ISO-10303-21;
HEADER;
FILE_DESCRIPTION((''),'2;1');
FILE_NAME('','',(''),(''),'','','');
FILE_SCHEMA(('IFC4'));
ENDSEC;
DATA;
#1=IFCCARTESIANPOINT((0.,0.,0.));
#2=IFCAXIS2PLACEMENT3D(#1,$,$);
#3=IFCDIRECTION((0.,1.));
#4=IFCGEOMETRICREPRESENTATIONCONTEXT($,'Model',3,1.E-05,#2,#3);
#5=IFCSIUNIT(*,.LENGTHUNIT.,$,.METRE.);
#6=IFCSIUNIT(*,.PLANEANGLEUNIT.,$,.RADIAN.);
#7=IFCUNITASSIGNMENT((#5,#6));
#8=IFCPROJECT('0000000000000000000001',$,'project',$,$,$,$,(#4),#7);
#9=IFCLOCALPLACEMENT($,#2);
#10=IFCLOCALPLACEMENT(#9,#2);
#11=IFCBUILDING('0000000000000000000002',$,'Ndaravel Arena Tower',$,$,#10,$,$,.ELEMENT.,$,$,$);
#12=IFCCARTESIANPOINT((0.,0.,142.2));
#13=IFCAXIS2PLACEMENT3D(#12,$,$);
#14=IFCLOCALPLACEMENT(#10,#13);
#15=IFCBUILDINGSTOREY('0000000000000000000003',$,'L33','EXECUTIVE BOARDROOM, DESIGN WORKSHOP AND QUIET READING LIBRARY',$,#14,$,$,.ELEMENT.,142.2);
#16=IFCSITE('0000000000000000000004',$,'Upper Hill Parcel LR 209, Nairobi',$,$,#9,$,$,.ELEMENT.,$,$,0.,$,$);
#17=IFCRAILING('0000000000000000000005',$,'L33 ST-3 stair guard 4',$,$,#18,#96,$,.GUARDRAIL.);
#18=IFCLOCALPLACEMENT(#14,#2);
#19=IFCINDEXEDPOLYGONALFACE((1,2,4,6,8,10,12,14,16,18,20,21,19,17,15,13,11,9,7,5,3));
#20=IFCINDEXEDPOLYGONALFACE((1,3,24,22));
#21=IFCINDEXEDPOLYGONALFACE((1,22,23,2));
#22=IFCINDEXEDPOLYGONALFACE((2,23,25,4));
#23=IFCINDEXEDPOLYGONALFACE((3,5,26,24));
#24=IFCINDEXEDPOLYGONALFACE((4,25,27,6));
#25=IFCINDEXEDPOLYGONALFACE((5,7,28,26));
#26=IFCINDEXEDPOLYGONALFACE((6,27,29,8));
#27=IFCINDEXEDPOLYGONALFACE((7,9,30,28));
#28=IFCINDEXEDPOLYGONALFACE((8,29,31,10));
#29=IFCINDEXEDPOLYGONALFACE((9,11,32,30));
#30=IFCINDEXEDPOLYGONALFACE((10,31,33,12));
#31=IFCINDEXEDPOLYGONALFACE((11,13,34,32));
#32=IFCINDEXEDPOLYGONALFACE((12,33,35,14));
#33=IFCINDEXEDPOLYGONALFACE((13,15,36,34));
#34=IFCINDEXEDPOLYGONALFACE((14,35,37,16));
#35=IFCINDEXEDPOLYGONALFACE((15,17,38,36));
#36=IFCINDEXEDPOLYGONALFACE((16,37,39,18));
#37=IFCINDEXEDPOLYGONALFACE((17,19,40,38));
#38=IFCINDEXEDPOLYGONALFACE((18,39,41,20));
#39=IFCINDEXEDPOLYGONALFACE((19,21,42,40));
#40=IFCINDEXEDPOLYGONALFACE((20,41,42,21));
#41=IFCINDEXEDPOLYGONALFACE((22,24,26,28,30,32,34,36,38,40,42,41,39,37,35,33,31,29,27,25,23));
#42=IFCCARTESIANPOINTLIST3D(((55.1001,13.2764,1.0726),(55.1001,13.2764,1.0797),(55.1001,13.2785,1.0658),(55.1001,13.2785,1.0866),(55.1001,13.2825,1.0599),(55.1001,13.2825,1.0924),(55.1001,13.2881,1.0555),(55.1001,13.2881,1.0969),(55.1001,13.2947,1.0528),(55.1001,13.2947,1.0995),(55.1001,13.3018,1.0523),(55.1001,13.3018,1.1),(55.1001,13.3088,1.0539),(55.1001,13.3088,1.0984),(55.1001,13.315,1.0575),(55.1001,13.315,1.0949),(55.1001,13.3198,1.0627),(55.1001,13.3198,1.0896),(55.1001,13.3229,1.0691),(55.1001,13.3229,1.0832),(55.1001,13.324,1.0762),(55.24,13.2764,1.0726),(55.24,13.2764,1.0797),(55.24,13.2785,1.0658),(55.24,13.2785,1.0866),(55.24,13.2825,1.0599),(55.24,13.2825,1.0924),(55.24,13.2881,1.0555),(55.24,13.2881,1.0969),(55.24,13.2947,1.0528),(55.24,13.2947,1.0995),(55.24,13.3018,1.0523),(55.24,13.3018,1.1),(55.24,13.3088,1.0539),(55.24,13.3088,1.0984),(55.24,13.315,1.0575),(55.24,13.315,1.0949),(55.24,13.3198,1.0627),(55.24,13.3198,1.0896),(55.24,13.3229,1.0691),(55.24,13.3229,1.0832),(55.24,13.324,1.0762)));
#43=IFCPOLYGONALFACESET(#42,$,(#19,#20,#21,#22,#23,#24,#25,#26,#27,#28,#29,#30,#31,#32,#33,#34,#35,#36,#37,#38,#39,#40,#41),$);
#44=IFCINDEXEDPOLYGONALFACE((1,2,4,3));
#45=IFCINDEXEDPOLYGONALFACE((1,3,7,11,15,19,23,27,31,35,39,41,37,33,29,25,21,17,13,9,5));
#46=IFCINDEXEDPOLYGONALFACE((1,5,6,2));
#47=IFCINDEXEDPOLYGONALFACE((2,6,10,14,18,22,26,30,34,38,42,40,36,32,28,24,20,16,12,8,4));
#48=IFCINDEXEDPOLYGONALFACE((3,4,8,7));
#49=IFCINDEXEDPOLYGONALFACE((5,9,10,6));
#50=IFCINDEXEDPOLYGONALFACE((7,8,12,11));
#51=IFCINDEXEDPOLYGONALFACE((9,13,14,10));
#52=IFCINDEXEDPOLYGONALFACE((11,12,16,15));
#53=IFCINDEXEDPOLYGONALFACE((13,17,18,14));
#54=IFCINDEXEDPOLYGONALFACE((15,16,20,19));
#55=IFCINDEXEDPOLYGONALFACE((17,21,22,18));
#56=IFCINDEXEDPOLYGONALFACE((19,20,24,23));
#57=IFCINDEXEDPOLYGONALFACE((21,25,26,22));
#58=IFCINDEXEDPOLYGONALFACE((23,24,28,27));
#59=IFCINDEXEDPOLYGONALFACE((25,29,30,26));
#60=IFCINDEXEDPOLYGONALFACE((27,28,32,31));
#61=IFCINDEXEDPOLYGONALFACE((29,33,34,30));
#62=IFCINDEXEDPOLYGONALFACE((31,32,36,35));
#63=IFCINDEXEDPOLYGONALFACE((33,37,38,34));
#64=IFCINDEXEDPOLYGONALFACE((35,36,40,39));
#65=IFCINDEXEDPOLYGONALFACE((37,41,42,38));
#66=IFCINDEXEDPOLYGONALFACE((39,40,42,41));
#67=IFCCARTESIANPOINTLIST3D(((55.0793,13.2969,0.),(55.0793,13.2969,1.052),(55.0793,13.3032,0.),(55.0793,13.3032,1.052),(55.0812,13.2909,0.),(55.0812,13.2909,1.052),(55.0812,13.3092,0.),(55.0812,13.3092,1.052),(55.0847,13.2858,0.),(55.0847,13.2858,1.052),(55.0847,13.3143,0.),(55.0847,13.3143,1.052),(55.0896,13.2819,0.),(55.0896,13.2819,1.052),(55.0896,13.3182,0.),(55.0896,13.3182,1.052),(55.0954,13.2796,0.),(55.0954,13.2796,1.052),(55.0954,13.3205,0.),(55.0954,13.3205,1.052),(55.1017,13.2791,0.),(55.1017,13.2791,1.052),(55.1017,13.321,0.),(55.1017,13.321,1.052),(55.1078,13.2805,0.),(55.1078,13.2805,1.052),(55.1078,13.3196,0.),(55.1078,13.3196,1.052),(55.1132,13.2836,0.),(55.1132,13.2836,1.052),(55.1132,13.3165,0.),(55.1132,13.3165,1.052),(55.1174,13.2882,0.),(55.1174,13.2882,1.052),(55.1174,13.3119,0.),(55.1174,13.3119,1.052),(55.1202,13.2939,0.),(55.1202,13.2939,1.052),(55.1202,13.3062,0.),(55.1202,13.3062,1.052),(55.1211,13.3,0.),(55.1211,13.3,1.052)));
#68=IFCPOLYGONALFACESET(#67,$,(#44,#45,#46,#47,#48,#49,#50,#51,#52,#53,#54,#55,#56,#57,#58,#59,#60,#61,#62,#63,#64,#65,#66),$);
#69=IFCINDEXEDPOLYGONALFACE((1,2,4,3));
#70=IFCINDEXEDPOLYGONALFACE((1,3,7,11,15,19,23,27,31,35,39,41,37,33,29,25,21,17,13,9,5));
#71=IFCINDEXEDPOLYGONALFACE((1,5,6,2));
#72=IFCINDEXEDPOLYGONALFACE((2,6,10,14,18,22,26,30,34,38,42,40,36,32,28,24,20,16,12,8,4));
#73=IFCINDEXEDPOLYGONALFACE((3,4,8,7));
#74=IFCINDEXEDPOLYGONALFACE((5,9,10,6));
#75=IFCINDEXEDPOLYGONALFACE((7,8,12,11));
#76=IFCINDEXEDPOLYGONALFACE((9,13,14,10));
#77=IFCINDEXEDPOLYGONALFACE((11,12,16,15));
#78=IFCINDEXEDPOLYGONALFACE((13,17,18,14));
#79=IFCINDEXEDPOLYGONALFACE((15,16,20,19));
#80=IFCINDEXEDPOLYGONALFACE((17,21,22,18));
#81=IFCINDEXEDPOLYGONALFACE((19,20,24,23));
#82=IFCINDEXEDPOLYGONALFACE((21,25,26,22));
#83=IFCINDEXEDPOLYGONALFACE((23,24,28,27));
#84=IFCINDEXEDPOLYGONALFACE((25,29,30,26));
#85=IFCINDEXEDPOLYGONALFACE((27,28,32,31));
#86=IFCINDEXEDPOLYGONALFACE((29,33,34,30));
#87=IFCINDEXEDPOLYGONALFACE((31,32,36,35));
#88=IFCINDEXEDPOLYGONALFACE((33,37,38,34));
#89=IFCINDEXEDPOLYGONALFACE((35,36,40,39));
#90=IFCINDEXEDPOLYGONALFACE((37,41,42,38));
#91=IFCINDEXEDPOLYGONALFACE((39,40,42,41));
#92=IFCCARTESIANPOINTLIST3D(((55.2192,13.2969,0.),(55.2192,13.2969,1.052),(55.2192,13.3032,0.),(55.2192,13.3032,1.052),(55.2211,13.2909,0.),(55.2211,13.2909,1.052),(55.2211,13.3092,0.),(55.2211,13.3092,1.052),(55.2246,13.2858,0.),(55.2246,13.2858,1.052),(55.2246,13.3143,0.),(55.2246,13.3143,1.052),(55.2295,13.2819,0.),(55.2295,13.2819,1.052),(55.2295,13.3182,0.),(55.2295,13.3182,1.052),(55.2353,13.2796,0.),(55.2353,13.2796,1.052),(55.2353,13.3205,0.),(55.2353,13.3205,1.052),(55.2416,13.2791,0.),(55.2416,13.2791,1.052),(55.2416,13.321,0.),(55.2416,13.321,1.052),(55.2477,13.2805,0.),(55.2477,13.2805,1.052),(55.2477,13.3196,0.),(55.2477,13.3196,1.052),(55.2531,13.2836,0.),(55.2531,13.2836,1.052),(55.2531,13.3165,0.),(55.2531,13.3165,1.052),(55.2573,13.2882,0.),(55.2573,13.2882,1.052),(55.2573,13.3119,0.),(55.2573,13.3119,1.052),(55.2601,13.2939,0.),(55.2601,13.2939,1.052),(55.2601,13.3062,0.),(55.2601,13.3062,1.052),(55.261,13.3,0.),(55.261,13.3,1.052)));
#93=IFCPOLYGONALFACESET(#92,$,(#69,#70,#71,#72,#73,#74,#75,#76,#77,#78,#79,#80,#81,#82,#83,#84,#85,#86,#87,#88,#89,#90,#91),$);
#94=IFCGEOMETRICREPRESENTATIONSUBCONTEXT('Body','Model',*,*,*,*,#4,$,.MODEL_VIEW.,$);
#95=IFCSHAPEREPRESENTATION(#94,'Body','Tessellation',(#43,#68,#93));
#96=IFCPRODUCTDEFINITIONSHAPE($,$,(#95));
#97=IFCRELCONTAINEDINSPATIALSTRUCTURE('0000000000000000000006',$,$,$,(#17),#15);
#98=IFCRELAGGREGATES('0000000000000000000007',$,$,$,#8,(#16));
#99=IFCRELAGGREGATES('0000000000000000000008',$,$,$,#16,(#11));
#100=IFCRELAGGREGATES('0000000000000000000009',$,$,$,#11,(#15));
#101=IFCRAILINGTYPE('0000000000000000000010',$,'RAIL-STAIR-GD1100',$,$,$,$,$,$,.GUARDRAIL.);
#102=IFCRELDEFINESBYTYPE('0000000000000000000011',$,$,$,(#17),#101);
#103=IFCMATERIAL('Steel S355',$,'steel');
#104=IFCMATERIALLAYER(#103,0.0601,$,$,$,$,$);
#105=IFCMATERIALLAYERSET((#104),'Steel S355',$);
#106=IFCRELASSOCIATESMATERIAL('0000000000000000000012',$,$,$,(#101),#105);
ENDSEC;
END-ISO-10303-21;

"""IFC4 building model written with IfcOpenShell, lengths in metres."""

from ifc_helpers import new_model, si_unit, direction, frame, origin, origin_2d, place, context, subcontext, project, spatial, circle, extrude, material, layer, layer_set, type_object, element, save


model = new_model("IFC4")

# Units and contexts
model_context = context("Model", 3, precision=1e-05, world=origin(), true_north=direction((0.0, 1.0)))
body_context = subcontext(model_context, "Body", "Model", "MODEL_VIEW")
ifc_project = project(units=[si_unit("LENGTHUNIT", "METRE"), si_unit("PLANEANGLEUNIT", "RADIAN")], contexts=[model_context])

# Site, building, storey
site_placement = place(None, origin())
site = spatial("IfcSite", under=ifc_project, at=site_placement, Name="Upper Hill Parcel LR 209, Nairobi", CompositionType="ELEMENT", RefElevation=0.0)
building_placement = place(site_placement, origin())
building = spatial("IfcBuilding", under=site, at=building_placement, Name="Ndaravel Arena Tower", CompositionType="ELEMENT")
storey_placement = place(building_placement, frame((0.0, 0.0, 142.2)))
storey = spatial("IfcBuildingStorey", under=building, at=storey_placement, Name="L33", Description="EXECUTIVE BOARDROOM, DESIGN WORKSHOP AND QUIET READING LIBRARY", CompositionType="ELEMENT", Elevation=142.2)

# Railing
ifc_material_1 = material(Name="Steel S355", Category="steel")
ifc_layer_1 = layer(ifc_material_1, 0.0601)
ifc_layer_set_1 = layer_set([ifc_layer_1], Name="Steel S355")
railing_type_1 = type_object("IfcRailingType", Name="RAIL-STAIR-GD1100", PredefinedType="GUARDRAIL", material=ifc_layer_set_1)
railing_1_placement = place(storey_placement, frame((55.1001, 13.3, 0.0)))
element("IfcRailing", 1, at=railing_1_placement, inside=storey, type_object=railing_type_1, Name="L33 ST-3 stair guard 4", PredefinedType="GUARDRAIL", context=body_context, shape_type="SweptSolid", body=[
    extrude(circle(Radius=0.0239, at=origin_2d()), frame((0.0, 0.0, 1.0762), z_axis=(1.0, 0.0, 0.0), x_axis=(0.0, 1.0, 0.0)), (0.0, 0.0, 1.0), 0.1399),
    extrude(circle(Radius=0.021, at=origin_2d()), origin(), (0.0, 0.0, 1.0), 1.052),
    extrude(circle(Radius=0.021, at=origin_2d()), frame((0.1399, 0.0, 0.0)), (0.0, 0.0, 1.0), 1.052),
])

save(model, "model.ifc")
